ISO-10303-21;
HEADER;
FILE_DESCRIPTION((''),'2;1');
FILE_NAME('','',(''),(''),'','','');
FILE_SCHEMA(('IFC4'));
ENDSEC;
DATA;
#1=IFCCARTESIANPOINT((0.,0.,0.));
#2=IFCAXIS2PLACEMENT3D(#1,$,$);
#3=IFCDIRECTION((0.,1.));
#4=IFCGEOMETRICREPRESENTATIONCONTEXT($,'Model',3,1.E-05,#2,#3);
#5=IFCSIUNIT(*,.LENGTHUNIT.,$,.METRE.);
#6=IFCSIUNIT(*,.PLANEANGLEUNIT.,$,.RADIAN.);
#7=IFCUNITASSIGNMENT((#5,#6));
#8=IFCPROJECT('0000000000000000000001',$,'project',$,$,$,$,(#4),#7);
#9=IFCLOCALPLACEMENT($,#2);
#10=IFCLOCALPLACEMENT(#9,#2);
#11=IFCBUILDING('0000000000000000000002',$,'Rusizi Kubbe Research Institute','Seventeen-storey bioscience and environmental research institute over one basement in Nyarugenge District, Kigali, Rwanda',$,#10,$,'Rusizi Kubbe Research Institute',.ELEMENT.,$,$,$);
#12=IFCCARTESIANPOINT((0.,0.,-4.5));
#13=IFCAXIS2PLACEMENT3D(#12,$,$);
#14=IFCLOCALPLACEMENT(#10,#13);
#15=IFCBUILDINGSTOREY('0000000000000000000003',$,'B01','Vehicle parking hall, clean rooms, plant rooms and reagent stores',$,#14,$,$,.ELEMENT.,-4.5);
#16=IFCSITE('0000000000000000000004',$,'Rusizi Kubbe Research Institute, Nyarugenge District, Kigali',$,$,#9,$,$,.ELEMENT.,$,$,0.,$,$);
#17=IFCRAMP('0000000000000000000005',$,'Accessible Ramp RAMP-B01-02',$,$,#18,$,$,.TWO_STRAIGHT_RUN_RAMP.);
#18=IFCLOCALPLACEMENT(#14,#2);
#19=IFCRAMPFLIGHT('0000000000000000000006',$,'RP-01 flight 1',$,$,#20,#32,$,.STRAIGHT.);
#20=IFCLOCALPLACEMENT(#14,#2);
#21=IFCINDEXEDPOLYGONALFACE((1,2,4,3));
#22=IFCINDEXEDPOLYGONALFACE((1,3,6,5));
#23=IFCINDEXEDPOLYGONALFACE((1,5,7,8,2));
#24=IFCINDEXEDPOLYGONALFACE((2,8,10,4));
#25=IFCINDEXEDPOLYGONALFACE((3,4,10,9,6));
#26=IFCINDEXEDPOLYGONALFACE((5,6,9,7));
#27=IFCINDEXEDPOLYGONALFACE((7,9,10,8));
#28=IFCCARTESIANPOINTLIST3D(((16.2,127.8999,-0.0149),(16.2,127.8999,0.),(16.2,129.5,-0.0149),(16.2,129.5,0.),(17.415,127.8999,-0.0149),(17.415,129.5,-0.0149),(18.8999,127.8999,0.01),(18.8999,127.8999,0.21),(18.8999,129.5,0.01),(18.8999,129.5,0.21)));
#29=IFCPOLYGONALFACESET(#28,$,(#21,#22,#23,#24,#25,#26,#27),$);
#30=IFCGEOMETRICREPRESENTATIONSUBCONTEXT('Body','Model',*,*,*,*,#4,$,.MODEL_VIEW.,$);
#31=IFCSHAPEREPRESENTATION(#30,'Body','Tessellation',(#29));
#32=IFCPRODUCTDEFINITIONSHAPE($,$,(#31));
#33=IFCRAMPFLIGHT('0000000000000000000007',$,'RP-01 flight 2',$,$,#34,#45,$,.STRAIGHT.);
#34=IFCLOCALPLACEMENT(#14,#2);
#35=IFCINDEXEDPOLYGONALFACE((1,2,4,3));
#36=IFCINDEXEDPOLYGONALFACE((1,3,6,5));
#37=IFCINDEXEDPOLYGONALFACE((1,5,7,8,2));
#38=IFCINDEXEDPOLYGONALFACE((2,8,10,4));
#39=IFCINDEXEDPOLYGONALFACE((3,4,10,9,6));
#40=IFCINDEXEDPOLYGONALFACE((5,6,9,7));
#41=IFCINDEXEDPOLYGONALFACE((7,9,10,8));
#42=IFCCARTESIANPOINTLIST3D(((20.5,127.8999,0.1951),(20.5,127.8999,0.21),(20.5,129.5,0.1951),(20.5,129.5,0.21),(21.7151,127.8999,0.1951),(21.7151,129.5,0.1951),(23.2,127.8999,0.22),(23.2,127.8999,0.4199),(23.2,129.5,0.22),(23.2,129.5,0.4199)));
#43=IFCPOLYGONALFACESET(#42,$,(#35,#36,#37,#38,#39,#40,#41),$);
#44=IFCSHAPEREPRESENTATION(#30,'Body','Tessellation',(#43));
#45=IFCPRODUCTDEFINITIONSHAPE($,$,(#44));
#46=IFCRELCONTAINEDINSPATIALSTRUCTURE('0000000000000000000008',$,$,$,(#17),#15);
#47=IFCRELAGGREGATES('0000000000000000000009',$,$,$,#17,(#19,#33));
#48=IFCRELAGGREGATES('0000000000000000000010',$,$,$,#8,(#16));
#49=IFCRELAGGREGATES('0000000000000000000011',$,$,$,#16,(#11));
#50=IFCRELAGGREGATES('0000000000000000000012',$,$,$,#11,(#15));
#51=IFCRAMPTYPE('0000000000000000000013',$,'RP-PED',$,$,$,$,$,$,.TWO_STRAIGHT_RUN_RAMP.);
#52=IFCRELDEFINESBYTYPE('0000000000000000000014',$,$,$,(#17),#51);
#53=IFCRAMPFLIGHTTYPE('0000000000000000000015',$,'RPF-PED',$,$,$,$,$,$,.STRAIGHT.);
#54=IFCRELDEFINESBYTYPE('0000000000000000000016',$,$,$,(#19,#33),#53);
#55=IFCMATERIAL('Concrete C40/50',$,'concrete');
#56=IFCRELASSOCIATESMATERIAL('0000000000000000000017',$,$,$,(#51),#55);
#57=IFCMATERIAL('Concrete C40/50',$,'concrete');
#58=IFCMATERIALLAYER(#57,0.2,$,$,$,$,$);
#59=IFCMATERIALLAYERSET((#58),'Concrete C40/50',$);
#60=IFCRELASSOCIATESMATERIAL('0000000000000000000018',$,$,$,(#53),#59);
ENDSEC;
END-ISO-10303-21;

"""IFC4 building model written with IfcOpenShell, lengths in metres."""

from ifc_helpers import new_model, si_unit, direction, frame, origin, place, context, subcontext, project, spatial, polyline, outline, extrude, material, layer, layer_set, type_object, element, aggregate, save


model = new_model("IFC4")

# Units and contexts
model_context = context("Model", 3, precision=1e-05, world=origin(), true_north=direction((0.0, 1.0)))
body_context = subcontext(model_context, "Body", "Model", "MODEL_VIEW")
ifc_project = project(units=[si_unit("LENGTHUNIT", "METRE"), si_unit("PLANEANGLEUNIT", "RADIAN")], contexts=[model_context])

# Site, building, storey
site_placement = place(None, origin())
site = spatial("IfcSite", under=ifc_project, at=site_placement, Name="Rusizi Kubbe Research Institute, Nyarugenge District, Kigali", CompositionType="ELEMENT", RefElevation=0.0)
building_placement = place(site_placement, origin())
building = spatial("IfcBuilding", under=site, at=building_placement, Name="Rusizi Kubbe Research Institute", Description="Seventeen-storey bioscience and environmental research institute over one basement in Nyarugenge District, Kigali, Rwanda", LongName="Rusizi Kubbe Research Institute", CompositionType="ELEMENT")
storey_placement = place(building_placement, frame((0.0, 0.0, -4.5)))
storey = spatial("IfcBuildingStorey", under=building, at=storey_placement, Name="B01", Description="Vehicle parking hall, clean rooms, plant rooms and reagent stores", CompositionType="ELEMENT", Elevation=-4.5)

# Ramp, ramp flights
ifc_material_1 = material(Name="Concrete C40/50", Category="concrete")
ramp_type = type_object("IfcRampType", Name="RP-PED", PredefinedType="TWO_STRAIGHT_RUN_RAMP", material=ifc_material_1)
ramp_placement = place(storey_placement, origin())
ramp = element("IfcRamp", 1, at=ramp_placement, inside=storey, type_object=ramp_type, Name="Accessible Ramp RAMP-B01-02", PredefinedType="TWO_STRAIGHT_RUN_RAMP")
ifc_material_2 = material(Name="Concrete C40/50", Category="concrete")
ifc_layer_1 = layer(ifc_material_2, 0.2)
ifc_layer_set_1 = layer_set([ifc_layer_1], Name="Concrete C40/50")
ramp_flight_type = type_object("IfcRampFlightType", Name="RPF-PED", PredefinedType="STRAIGHT", material=ifc_layer_set_1)
ramp_flight_1_placement = place(storey_placement, frame((16.2, 128.7, 0.0), z_axis=(0.0, 0.0, 1.0), x_axis=(1.0, 0.0, 0.0)))
ramp_flight_1 = element("IfcRampFlight", 2, at=ramp_flight_1_placement, type_object=ramp_flight_type, Name="RP-01 flight 1", PredefinedType="STRAIGHT", context=body_context, shape_type="SweptSolid", body=[
    extrude(outline(polyline([(0.0, -0.0149), (0.0, 0.0), (2.7, 0.21), (2.7, 0.01), (1.2151, -0.0149), (0.0, -0.0149)])), frame((0.0, 0.8, 0.0), z_axis=(0.0, -1.0, 0.0), x_axis=(1.0, 0.0, 0.0)), (0.0, 0.0, 1.0), 1.6001),
])
ramp_flight_2_placement = place(storey_placement, frame((20.5, 128.7, 0.21), z_axis=(0.0, 0.0, 1.0), x_axis=(1.0, 0.0, 0.0)))
ramp_flight_2 = element("IfcRampFlight", 3, at=ramp_flight_2_placement, type_object=ramp_flight_type, Name="RP-01 flight 2", PredefinedType="STRAIGHT", context=body_context, shape_type="SweptSolid", body=[
    extrude(outline(polyline([(0.0, -0.0149), (0.0, 0.0), (2.7, 0.21), (2.7, 0.01), (1.2151, -0.0149), (0.0, -0.0149)])), frame((0.0, 0.8, 0.0), z_axis=(0.0, -1.0, 0.0), x_axis=(1.0, 0.0, 0.0)), (0.0, 0.0, 1.0), 1.6001),
])
aggregate(ramp, [ramp_flight_1, ramp_flight_2])

save(model, "model.ifc")
